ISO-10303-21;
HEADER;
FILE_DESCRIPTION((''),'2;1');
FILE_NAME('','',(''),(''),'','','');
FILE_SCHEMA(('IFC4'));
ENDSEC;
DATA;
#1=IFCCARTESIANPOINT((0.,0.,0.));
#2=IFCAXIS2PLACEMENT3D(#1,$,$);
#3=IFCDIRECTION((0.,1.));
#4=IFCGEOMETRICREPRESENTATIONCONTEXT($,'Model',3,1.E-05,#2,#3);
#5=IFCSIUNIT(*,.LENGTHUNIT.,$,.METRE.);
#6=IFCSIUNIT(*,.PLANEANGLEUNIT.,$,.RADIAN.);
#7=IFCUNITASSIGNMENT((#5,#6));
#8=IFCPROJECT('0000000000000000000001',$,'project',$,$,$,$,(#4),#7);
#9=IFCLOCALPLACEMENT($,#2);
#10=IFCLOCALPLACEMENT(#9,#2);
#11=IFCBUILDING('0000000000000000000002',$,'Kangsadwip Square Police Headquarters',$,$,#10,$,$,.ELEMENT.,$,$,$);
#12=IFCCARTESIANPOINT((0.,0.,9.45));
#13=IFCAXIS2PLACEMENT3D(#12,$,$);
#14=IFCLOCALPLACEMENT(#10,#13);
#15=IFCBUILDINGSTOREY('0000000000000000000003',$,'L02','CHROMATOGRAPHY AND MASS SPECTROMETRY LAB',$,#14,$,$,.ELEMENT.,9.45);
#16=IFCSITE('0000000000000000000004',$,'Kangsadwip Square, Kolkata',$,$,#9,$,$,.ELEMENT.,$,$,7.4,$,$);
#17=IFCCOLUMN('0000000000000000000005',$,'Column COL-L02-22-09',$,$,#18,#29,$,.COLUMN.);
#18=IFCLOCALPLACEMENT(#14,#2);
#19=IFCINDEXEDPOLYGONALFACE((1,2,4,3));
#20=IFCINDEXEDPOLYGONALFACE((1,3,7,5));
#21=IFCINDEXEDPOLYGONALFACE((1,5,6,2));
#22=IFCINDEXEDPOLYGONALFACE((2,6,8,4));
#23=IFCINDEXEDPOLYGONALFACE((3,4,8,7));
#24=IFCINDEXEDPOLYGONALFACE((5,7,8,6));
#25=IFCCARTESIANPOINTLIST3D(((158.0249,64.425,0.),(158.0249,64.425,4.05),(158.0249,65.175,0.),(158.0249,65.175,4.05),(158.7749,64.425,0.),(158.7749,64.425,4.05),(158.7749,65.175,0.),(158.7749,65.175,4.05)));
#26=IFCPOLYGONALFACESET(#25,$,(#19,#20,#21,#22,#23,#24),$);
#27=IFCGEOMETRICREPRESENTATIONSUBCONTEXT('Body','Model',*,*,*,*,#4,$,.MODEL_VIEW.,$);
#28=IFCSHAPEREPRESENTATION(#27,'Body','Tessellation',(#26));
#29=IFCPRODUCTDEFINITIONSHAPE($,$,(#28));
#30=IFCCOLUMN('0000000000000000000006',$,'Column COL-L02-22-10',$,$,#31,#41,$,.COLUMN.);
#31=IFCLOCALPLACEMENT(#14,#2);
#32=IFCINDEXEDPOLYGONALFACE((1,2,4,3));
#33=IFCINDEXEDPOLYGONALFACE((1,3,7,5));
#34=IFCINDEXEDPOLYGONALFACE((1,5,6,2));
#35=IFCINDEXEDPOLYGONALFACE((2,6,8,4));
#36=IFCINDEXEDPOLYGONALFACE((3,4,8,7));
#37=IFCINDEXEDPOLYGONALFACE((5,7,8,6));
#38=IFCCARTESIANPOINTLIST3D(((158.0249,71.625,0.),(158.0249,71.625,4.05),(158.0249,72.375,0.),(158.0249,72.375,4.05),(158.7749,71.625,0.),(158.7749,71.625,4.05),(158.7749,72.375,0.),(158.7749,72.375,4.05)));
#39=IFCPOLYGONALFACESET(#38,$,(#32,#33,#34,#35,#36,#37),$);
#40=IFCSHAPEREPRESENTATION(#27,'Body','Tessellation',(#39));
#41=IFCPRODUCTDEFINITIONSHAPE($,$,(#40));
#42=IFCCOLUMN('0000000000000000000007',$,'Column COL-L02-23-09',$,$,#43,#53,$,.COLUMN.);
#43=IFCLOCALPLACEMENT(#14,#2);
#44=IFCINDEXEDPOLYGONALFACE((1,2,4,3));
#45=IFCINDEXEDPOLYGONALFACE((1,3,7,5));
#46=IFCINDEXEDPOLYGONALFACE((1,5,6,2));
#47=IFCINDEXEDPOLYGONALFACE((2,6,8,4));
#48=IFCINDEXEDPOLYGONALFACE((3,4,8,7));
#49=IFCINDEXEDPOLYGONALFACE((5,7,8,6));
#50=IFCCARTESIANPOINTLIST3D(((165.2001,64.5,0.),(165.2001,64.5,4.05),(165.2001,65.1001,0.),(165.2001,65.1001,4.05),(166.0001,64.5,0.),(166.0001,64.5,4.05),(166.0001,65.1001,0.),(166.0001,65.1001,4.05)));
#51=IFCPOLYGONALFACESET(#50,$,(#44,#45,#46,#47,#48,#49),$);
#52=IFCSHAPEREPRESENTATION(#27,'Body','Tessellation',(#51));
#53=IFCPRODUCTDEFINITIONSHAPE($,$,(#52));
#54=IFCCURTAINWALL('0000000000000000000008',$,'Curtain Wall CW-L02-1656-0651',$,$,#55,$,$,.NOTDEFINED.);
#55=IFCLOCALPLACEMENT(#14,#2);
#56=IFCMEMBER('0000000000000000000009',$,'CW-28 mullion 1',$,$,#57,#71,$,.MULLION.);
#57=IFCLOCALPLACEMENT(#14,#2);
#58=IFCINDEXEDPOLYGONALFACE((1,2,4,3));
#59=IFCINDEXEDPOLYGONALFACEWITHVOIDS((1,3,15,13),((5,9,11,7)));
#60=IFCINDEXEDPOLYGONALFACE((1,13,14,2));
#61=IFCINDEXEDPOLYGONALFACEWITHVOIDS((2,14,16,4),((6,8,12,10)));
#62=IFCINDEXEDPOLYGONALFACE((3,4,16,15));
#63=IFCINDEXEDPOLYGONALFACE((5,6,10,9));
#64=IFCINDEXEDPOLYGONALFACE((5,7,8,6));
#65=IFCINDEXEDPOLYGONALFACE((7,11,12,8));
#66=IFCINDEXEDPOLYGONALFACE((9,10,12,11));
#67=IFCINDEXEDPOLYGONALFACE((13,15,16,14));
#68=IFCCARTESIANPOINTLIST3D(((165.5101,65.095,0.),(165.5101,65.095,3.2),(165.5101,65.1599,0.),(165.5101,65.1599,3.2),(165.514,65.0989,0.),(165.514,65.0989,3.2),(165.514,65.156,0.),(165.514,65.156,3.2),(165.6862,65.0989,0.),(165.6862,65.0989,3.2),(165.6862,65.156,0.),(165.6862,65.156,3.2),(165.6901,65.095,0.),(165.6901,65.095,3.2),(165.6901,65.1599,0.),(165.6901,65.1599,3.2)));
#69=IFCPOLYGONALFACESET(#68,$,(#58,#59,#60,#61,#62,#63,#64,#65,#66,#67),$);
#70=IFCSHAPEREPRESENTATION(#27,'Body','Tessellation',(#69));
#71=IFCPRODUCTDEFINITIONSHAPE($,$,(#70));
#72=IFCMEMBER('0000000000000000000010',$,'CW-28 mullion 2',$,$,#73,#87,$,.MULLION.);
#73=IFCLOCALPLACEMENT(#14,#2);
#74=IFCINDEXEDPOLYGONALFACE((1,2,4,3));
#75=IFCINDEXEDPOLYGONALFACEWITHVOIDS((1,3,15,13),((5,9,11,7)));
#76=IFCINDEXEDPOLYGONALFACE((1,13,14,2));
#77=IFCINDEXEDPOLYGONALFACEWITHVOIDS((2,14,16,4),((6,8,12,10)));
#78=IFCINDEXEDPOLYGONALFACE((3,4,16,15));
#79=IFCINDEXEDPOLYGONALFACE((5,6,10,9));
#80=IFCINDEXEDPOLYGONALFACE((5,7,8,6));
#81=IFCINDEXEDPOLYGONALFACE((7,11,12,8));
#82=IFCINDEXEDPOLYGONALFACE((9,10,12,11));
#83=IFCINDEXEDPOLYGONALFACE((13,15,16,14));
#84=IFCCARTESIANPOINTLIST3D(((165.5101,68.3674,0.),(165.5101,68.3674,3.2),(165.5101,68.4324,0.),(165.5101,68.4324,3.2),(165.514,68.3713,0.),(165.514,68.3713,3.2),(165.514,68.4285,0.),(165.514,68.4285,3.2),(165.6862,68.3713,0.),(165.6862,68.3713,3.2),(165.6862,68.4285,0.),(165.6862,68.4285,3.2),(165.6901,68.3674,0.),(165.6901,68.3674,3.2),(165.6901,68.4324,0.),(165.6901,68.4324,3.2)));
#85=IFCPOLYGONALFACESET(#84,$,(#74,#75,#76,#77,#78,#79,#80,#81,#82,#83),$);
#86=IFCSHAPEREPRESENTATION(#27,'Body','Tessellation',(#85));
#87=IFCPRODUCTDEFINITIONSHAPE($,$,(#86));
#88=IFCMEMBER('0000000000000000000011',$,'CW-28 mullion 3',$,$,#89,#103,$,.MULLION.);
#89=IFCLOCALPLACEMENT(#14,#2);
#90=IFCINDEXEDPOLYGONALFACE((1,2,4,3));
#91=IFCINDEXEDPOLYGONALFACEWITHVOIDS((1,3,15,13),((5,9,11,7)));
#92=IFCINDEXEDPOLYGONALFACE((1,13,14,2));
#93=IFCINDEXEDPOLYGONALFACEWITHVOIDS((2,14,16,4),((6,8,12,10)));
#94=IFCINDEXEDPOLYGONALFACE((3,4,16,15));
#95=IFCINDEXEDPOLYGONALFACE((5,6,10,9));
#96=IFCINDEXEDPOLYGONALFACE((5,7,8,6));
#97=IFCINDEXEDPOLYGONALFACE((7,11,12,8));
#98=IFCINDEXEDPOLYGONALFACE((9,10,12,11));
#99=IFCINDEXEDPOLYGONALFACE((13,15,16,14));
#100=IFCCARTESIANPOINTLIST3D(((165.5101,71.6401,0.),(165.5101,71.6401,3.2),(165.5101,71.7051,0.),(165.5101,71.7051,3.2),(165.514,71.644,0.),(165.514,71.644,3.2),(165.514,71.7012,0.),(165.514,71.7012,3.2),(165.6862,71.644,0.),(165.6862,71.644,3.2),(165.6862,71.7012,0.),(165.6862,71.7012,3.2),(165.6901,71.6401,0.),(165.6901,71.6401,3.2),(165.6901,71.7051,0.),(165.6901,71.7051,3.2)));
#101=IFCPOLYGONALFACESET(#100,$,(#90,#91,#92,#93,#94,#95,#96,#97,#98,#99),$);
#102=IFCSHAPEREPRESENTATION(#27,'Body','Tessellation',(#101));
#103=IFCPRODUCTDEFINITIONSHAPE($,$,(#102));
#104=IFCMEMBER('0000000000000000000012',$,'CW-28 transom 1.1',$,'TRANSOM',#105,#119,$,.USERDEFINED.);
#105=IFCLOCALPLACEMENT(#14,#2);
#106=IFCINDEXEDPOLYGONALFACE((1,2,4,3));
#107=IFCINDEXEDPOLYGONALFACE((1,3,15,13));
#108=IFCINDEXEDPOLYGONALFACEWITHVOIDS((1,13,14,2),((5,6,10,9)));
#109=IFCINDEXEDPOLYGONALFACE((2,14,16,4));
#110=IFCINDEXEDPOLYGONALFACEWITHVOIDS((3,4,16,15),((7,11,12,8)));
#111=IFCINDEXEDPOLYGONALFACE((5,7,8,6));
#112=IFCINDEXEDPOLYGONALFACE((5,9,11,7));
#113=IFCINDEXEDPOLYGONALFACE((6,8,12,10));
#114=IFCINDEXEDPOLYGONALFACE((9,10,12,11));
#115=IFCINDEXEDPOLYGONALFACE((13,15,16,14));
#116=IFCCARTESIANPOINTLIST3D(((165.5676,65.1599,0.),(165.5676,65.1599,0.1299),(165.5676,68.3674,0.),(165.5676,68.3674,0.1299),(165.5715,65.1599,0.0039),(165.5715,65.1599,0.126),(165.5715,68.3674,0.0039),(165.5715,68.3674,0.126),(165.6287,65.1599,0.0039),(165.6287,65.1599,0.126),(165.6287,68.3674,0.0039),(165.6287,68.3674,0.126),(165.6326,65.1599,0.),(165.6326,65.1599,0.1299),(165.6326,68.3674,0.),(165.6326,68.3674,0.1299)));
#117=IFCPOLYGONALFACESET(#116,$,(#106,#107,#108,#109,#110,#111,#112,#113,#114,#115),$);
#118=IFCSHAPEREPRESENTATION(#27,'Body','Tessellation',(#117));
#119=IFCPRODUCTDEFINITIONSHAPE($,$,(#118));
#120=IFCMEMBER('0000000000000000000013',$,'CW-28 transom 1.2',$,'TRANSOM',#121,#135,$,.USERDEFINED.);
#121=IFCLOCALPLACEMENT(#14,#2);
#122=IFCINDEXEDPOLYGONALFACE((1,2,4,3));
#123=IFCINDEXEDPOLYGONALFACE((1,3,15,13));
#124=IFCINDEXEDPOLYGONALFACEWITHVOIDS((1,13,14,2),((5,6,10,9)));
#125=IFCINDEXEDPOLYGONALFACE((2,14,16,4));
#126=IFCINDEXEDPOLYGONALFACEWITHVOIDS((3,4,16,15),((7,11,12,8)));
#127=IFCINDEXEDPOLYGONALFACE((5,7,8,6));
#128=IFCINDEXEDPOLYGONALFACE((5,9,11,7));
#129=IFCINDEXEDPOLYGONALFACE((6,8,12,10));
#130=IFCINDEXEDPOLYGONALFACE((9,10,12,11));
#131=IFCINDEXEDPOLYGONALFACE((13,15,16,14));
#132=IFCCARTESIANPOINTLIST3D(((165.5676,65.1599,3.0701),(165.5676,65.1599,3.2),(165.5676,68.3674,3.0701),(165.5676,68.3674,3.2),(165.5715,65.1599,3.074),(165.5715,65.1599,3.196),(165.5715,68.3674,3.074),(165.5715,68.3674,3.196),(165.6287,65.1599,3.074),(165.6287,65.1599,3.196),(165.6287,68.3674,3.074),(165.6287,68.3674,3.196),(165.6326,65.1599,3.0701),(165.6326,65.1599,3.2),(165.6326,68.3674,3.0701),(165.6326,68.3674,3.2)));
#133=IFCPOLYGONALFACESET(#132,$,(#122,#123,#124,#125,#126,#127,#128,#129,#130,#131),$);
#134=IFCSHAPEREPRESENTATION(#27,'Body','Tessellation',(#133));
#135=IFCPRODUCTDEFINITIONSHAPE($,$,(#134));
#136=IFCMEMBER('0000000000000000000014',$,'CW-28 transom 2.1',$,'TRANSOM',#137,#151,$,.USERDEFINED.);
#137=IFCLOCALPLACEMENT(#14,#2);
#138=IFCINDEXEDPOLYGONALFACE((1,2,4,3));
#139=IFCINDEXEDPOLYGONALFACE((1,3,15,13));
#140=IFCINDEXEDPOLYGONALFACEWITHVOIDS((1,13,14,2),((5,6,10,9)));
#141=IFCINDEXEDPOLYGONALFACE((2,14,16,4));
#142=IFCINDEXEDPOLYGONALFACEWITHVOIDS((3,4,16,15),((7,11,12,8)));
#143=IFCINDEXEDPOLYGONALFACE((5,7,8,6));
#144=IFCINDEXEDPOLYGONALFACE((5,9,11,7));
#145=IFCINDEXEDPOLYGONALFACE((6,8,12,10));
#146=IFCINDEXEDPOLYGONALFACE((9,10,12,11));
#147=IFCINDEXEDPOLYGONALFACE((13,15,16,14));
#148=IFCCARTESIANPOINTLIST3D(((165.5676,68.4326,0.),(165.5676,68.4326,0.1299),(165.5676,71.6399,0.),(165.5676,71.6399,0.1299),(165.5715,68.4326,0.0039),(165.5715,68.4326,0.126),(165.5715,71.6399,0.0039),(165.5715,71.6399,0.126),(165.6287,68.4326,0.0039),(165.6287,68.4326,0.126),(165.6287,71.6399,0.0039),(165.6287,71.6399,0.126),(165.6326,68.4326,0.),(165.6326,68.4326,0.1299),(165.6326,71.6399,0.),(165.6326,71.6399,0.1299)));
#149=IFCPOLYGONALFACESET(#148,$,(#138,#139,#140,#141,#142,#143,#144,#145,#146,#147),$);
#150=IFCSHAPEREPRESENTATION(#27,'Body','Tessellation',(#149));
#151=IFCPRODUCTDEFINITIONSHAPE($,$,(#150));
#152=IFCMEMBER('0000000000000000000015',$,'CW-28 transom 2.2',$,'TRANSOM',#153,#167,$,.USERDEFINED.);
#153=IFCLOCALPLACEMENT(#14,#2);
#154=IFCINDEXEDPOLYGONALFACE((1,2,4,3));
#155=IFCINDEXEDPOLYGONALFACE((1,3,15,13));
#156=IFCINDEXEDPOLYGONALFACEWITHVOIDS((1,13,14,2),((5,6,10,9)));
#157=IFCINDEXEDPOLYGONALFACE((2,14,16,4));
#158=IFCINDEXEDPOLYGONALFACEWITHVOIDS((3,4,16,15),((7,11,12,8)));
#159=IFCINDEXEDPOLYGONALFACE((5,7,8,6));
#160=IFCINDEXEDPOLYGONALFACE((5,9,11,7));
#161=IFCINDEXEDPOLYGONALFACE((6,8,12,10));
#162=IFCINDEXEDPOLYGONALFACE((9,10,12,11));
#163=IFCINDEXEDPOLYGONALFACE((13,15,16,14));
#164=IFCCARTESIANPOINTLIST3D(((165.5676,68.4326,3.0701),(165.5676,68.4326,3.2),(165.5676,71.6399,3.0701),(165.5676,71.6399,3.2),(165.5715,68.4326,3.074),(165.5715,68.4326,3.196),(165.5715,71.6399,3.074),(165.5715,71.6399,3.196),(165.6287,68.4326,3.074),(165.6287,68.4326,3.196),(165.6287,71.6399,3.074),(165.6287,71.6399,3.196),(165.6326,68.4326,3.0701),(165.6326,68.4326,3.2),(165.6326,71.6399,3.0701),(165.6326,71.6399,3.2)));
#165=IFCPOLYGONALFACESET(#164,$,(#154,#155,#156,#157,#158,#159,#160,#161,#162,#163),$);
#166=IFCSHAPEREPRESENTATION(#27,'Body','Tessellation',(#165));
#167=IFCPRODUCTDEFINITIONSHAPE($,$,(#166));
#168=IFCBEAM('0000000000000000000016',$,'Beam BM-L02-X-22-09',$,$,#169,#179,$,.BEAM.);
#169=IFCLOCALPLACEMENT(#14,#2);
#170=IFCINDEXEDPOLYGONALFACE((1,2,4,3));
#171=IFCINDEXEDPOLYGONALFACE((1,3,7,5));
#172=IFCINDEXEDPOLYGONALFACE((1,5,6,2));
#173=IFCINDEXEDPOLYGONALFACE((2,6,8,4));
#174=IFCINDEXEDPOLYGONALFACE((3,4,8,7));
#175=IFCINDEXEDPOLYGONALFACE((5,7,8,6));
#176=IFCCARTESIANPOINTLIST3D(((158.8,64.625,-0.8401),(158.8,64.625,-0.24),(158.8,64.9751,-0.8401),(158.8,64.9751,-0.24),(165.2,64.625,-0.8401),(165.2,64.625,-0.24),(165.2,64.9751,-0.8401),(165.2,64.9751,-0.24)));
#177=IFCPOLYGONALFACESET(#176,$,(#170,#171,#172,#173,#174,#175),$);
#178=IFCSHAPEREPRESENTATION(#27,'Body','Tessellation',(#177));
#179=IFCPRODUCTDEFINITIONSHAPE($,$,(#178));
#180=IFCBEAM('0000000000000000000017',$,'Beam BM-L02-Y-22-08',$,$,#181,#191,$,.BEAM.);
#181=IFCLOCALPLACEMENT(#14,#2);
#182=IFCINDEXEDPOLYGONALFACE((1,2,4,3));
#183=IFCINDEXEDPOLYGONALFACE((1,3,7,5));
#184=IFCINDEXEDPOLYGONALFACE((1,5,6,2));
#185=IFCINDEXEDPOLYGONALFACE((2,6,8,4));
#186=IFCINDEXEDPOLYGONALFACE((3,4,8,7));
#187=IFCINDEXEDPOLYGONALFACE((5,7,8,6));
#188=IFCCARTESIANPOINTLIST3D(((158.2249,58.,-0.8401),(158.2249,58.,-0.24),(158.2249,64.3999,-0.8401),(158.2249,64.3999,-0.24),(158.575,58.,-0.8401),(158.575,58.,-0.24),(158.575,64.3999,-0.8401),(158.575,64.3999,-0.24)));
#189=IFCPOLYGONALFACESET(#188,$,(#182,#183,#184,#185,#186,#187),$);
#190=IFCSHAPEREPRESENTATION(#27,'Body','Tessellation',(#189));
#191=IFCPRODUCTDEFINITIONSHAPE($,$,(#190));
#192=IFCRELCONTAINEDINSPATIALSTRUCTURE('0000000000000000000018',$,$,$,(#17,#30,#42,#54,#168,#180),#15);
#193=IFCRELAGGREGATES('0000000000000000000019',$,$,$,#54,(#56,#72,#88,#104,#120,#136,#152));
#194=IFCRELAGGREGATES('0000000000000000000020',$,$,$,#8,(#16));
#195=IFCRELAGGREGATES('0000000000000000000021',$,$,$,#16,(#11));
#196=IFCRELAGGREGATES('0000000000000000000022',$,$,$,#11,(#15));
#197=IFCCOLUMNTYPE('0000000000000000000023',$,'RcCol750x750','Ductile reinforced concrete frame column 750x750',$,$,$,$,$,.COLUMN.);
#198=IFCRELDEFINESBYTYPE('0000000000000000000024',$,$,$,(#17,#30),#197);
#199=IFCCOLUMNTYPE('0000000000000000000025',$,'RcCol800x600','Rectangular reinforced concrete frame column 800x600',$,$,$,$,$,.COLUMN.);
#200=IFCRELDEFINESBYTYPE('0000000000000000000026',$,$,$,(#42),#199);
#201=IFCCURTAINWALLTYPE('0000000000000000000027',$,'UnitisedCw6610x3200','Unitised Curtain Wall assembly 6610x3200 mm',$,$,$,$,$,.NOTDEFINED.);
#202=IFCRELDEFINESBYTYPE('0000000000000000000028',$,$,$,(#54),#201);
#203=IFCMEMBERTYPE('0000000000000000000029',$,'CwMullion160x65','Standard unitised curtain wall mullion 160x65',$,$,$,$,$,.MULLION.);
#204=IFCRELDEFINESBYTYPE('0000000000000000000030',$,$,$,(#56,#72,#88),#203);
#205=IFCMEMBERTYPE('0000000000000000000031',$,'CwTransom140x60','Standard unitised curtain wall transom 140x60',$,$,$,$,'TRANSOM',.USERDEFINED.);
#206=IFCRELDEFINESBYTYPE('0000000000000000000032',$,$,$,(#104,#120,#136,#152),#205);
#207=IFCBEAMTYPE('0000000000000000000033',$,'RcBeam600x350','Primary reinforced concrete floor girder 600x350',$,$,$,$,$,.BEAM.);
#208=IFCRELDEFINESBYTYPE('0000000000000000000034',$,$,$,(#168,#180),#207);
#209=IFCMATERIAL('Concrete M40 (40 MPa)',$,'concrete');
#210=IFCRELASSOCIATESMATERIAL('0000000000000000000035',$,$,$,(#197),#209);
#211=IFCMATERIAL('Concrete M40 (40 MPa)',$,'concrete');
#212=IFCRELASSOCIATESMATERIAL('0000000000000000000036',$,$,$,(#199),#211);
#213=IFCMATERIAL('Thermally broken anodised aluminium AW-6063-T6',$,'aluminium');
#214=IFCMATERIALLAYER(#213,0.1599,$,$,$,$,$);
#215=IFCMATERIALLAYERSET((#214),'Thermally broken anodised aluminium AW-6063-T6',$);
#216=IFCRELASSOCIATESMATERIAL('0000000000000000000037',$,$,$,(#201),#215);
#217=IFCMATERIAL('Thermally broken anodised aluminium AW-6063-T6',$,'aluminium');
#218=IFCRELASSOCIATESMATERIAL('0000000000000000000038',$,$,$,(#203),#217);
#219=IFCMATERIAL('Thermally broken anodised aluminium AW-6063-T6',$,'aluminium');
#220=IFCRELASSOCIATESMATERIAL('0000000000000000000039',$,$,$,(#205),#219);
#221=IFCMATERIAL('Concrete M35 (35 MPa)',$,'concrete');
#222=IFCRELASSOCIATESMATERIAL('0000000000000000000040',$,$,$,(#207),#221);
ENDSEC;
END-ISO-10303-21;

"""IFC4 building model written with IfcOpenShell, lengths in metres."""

from ifc_helpers import new_model, si_unit, direction, frame, origin, origin_2d, place, context, subcontext, project, spatial, rectangle, hollow_rectangle, extrude, material, layer, layer_set, material_profile, profile_set, type_object, element, aggregate, save


model = new_model("IFC4")

# Units and contexts
model_context = context("Model", 3, precision=1e-05, world=origin(), true_north=direction((0.0, 1.0)))
body_context = subcontext(model_context, "Body", "Model", "MODEL_VIEW")
ifc_project = project(units=[si_unit("LENGTHUNIT", "METRE"), si_unit("PLANEANGLEUNIT", "RADIAN")], contexts=[model_context])

# Site, building, storey
site_placement = place(None, origin())
site = spatial("IfcSite", under=ifc_project, at=site_placement, Name="Kangsadwip Square, Kolkata", CompositionType="ELEMENT", RefElevation=7.4)
building_placement = place(site_placement, origin())
building = spatial("IfcBuilding", under=site, at=building_placement, Name="Kangsadwip Square Police Headquarters", CompositionType="ELEMENT")
storey_placement = place(building_placement, frame((0.0, 0.0, 9.45)))
storey = spatial("IfcBuildingStorey", under=building, at=storey_placement, Name="L02", Description="CHROMATOGRAPHY AND MASS SPECTROMETRY LAB", CompositionType="ELEMENT", Elevation=9.45)

# Columns
ifc_material_1 = material(Name="Concrete M40 (40 MPa)", Category="concrete")
ifc_material_profile_1 = material_profile(ifc_material_1, rectangle(XDim=0.75, YDim=0.75, at=origin_2d()), Name="RC COL 750X750")
ifc_profile_set_1 = profile_set([ifc_material_profile_1], Name="Concrete M40 (40 MPa)")
column_type_1 = type_object("IfcColumnType", Name="RcCol750x750", Description="Ductile reinforced concrete frame column 750x750", PredefinedType="COLUMN", material=ifc_profile_set_1)
for number, where, z_axis, x_axis, name in (
    (1, (158.3999, 64.8, 0.0), (0.0, 0.0, 1.0), (1.0, 0.0, 0.0), "Column COL-L02-22-09"),
    (2, (158.3999, 72.0, 0.0), (0.0, 0.0, 1.0), (1.0, 0.0, 0.0), "Column COL-L02-22-10"),
):
    element("IfcColumn", number, at=place(storey_placement, frame(where, z_axis=z_axis, x_axis=x_axis)), inside=storey, type_object=column_type_1, Name=name, PredefinedType="COLUMN", context=body_context, shape_type="SweptSolid", body=[
        extrude(rectangle(XDim=0.75, YDim=0.75, at=origin_2d()), origin(), (0.0, 0.0, 1.0), 4.05),
    ])
ifc_material_2 = material(Name="Concrete M40 (40 MPa)", Category="concrete")
ifc_material_profile_2 = material_profile(ifc_material_2, rectangle(XDim=0.6001, YDim=0.8, at=origin_2d()), Name="RC COL 800X600")
ifc_profile_set_2 = profile_set([ifc_material_profile_2], Name="Concrete M40 (40 MPa)")
column_type_2 = type_object("IfcColumnType", Name="RcCol800x600", Description="Rectangular reinforced concrete frame column 800x600", PredefinedType="COLUMN", material=ifc_profile_set_2)
column_placement = place(storey_placement, frame((165.6001, 64.8, 0.0), z_axis=(0.0, 0.0, 1.0), x_axis=(0.0, 1.0, 0.0)))
element("IfcColumn", 3, at=column_placement, inside=storey, type_object=column_type_2, Name="Column COL-L02-23-09", PredefinedType="COLUMN", context=body_context, shape_type="SweptSolid", body=[
    extrude(rectangle(XDim=0.6001, YDim=0.8, at=origin_2d()), origin(), (0.0, 0.0, 1.0), 4.05),
])

# Curtain wall, members
ifc_material_3 = material(Name="Thermally broken anodised aluminium AW-6063-T6", Category="aluminium")
ifc_layer_1 = layer(ifc_material_3, 0.1599)
ifc_layer_set_1 = layer_set([ifc_layer_1], Name="Thermally broken anodised aluminium AW-6063-T6")
curtain_wall_type = type_object("IfcCurtainWallType", Name="UnitisedCw6610x3200", Description="Unitised Curtain Wall assembly 6610x3200 mm", PredefinedType="NOTDEFINED", material=ifc_layer_set_1)
curtain_wall_placement = place(storey_placement, origin())
curtain_wall = element("IfcCurtainWall", 4, at=curtain_wall_placement, inside=storey, type_object=curtain_wall_type, Name="Curtain Wall CW-L02-1656-0651", PredefinedType="NOTDEFINED")
ifc_material_4 = material(Name="Thermally broken anodised aluminium AW-6063-T6", Category="aluminium")
ifc_material_profile_3 = material_profile(ifc_material_4, hollow_rectangle(XDim=0.0649, YDim=0.1799, WallThickness=0.0039, at=origin_2d()), Name="CWM 180X65X4")
ifc_profile_set_3 = profile_set([ifc_material_profile_3], Name="Thermally broken anodised aluminium AW-6063-T6")
member_type_1 = type_object("IfcMemberType", Name="CwMullion160x65", Description="Standard unitised curtain wall mullion 160x65", PredefinedType="MULLION", material=ifc_profile_set_3)
member_1_placement = place(storey_placement, frame((165.6001, 65.1274, 0.0), z_axis=(0.0, 0.0, 1.0), x_axis=(0.0, 1.0, 0.0)))
member_1 = element("IfcMember", 5, at=member_1_placement, type_object=member_type_1, Name="CW-28 mullion 1", PredefinedType="MULLION", context=body_context, shape_type="SweptSolid", body=[
    extrude(hollow_rectangle(XDim=0.0649, YDim=0.1799, WallThickness=0.0039, at=origin_2d()), origin(), (0.0, 0.0, 1.0), 3.2),
])
member_2_placement = place(storey_placement, frame((165.6001, 68.3999, 0.0), z_axis=(0.0, 0.0, 1.0), x_axis=(0.0, 1.0, 0.0)))
member_2 = element("IfcMember", 6, at=member_2_placement, type_object=member_type_1, Name="CW-28 mullion 2", PredefinedType="MULLION", context=body_context, shape_type="SweptSolid", body=[
    extrude(hollow_rectangle(XDim=0.0649, YDim=0.1799, WallThickness=0.0039, at=origin_2d()), origin(), (0.0, 0.0, 1.0), 3.2),
])
member_3_placement = place(storey_placement, frame((165.6001, 71.6726, 0.0), z_axis=(0.0, 0.0, 1.0), x_axis=(0.0, 1.0, 0.0)))
member_3 = element("IfcMember", 7, at=member_3_placement, type_object=member_type_1, Name="CW-28 mullion 3", PredefinedType="MULLION", context=body_context, shape_type="SweptSolid", body=[
    extrude(hollow_rectangle(XDim=0.0649, YDim=0.1799, WallThickness=0.0039, at=origin_2d()), origin(), (0.0, 0.0, 1.0), 3.2),
])
ifc_material_5 = material(Name="Thermally broken anodised aluminium AW-6063-T6", Category="aluminium")
ifc_material_profile_4 = material_profile(ifc_material_5, hollow_rectangle(XDim=0.0649, YDim=0.1299, WallThickness=0.0039, at=origin_2d()), Name="CWT 130X65X4")
ifc_profile_set_4 = profile_set([ifc_material_profile_4], Name="Thermally broken anodised aluminium AW-6063-T6")
member_type_2 = type_object("IfcMemberType", Name="CwTransom140x60", Description="Standard unitised curtain wall transom 140x60", ElementType="TRANSOM", PredefinedType="USERDEFINED", material=ifc_profile_set_4)
member_4_placement = place(storey_placement, frame((165.6001, 65.1599, 0.0649), z_axis=(0.0, 1.0, 0.0), x_axis=(-1.0, 0.0, 0.0)))
member_4 = element("IfcMember", 8, at=member_4_placement, type_object=member_type_2, Name="CW-28 transom 1.1", ObjectType="TRANSOM", PredefinedType="USERDEFINED", context=body_context, shape_type="SweptSolid", body=[
    extrude(hollow_rectangle(XDim=0.0649, YDim=0.1299, WallThickness=0.0039, at=origin_2d()), origin(), (0.0, 0.0, 1.0), 3.2075),
])
member_5_placement = place(storey_placement, frame((165.6001, 65.1599, 3.135), z_axis=(0.0, 1.0, 0.0), x_axis=(-1.0, 0.0, 0.0)))
member_5 = element("IfcMember", 9, at=member_5_placement, type_object=member_type_2, Name="CW-28 transom 1.2", ObjectType="TRANSOM", PredefinedType="USERDEFINED", context=body_context, shape_type="SweptSolid", body=[
    extrude(hollow_rectangle(XDim=0.0649, YDim=0.1299, WallThickness=0.0039, at=origin_2d()), origin(), (0.0, 0.0, 1.0), 3.2075),
])
member_6_placement = place(storey_placement, frame((165.6001, 68.4326, 0.0649), z_axis=(0.0, 1.0, 0.0), x_axis=(-1.0, 0.0, 0.0)))
member_6 = element("IfcMember", 10, at=member_6_placement, type_object=member_type_2, Name="CW-28 transom 2.1", ObjectType="TRANSOM", PredefinedType="USERDEFINED", context=body_context, shape_type="SweptSolid", body=[
    extrude(hollow_rectangle(XDim=0.0649, YDim=0.1299, WallThickness=0.0039, at=origin_2d()), origin(), (0.0, 0.0, 1.0), 3.2073),
])
member_7_placement = place(storey_placement, frame((165.6001, 68.4326, 3.135), z_axis=(0.0, 1.0, 0.0), x_axis=(-1.0, 0.0, 0.0)))
member_7 = element("IfcMember", 11, at=member_7_placement, type_object=member_type_2, Name="CW-28 transom 2.2", ObjectType="TRANSOM", PredefinedType="USERDEFINED", context=body_context, shape_type="SweptSolid", body=[
    extrude(hollow_rectangle(XDim=0.0649, YDim=0.1299, WallThickness=0.0039, at=origin_2d()), origin(), (0.0, 0.0, 1.0), 3.2073),
])

# Beams
ifc_material_6 = material(Name="Concrete M35 (35 MPa)", Category="concrete")
ifc_material_profile_5 = material_profile(ifc_material_6, rectangle(XDim=0.3501, YDim=0.6001, at=origin_2d()), Name="RC BM 600X350")
ifc_profile_set_5 = profile_set([ifc_material_profile_5], Name="Concrete M35 (35 MPa)")
beam_type_1 = type_object("IfcBeamType", Name="RcBeam600x350", Description="Primary reinforced concrete floor girder 600x350", PredefinedType="BEAM", material=ifc_profile_set_5)
for number, where, z_axis, x_axis, name in (
    (12, (158.8, 64.8, -0.54), (1.0, 0.0, 0.0), (0.0, 1.0, 0.0), "Beam BM-L02-X-22-09"),
    (13, (158.3999, 58.0, -0.54), (0.0, 1.0, 0.0), (-1.0, 0.0, 0.0), "Beam BM-L02-Y-22-08"),
):
    element("IfcBeam", number, at=place(storey_placement, frame(where, z_axis=z_axis, x_axis=x_axis)), inside=storey, type_object=beam_type_1, Name=name, PredefinedType="BEAM", context=body_context, shape_type="SweptSolid", body=[
        extrude(rectangle(XDim=0.3501, YDim=0.6001, at=origin_2d()), origin(), (0.0, 0.0, 1.0), 6.3999),
    ])

aggregate(curtain_wall, [member_1, member_2, member_3, member_4, member_5, member_6, member_7])

save(model, "model.ifc")
